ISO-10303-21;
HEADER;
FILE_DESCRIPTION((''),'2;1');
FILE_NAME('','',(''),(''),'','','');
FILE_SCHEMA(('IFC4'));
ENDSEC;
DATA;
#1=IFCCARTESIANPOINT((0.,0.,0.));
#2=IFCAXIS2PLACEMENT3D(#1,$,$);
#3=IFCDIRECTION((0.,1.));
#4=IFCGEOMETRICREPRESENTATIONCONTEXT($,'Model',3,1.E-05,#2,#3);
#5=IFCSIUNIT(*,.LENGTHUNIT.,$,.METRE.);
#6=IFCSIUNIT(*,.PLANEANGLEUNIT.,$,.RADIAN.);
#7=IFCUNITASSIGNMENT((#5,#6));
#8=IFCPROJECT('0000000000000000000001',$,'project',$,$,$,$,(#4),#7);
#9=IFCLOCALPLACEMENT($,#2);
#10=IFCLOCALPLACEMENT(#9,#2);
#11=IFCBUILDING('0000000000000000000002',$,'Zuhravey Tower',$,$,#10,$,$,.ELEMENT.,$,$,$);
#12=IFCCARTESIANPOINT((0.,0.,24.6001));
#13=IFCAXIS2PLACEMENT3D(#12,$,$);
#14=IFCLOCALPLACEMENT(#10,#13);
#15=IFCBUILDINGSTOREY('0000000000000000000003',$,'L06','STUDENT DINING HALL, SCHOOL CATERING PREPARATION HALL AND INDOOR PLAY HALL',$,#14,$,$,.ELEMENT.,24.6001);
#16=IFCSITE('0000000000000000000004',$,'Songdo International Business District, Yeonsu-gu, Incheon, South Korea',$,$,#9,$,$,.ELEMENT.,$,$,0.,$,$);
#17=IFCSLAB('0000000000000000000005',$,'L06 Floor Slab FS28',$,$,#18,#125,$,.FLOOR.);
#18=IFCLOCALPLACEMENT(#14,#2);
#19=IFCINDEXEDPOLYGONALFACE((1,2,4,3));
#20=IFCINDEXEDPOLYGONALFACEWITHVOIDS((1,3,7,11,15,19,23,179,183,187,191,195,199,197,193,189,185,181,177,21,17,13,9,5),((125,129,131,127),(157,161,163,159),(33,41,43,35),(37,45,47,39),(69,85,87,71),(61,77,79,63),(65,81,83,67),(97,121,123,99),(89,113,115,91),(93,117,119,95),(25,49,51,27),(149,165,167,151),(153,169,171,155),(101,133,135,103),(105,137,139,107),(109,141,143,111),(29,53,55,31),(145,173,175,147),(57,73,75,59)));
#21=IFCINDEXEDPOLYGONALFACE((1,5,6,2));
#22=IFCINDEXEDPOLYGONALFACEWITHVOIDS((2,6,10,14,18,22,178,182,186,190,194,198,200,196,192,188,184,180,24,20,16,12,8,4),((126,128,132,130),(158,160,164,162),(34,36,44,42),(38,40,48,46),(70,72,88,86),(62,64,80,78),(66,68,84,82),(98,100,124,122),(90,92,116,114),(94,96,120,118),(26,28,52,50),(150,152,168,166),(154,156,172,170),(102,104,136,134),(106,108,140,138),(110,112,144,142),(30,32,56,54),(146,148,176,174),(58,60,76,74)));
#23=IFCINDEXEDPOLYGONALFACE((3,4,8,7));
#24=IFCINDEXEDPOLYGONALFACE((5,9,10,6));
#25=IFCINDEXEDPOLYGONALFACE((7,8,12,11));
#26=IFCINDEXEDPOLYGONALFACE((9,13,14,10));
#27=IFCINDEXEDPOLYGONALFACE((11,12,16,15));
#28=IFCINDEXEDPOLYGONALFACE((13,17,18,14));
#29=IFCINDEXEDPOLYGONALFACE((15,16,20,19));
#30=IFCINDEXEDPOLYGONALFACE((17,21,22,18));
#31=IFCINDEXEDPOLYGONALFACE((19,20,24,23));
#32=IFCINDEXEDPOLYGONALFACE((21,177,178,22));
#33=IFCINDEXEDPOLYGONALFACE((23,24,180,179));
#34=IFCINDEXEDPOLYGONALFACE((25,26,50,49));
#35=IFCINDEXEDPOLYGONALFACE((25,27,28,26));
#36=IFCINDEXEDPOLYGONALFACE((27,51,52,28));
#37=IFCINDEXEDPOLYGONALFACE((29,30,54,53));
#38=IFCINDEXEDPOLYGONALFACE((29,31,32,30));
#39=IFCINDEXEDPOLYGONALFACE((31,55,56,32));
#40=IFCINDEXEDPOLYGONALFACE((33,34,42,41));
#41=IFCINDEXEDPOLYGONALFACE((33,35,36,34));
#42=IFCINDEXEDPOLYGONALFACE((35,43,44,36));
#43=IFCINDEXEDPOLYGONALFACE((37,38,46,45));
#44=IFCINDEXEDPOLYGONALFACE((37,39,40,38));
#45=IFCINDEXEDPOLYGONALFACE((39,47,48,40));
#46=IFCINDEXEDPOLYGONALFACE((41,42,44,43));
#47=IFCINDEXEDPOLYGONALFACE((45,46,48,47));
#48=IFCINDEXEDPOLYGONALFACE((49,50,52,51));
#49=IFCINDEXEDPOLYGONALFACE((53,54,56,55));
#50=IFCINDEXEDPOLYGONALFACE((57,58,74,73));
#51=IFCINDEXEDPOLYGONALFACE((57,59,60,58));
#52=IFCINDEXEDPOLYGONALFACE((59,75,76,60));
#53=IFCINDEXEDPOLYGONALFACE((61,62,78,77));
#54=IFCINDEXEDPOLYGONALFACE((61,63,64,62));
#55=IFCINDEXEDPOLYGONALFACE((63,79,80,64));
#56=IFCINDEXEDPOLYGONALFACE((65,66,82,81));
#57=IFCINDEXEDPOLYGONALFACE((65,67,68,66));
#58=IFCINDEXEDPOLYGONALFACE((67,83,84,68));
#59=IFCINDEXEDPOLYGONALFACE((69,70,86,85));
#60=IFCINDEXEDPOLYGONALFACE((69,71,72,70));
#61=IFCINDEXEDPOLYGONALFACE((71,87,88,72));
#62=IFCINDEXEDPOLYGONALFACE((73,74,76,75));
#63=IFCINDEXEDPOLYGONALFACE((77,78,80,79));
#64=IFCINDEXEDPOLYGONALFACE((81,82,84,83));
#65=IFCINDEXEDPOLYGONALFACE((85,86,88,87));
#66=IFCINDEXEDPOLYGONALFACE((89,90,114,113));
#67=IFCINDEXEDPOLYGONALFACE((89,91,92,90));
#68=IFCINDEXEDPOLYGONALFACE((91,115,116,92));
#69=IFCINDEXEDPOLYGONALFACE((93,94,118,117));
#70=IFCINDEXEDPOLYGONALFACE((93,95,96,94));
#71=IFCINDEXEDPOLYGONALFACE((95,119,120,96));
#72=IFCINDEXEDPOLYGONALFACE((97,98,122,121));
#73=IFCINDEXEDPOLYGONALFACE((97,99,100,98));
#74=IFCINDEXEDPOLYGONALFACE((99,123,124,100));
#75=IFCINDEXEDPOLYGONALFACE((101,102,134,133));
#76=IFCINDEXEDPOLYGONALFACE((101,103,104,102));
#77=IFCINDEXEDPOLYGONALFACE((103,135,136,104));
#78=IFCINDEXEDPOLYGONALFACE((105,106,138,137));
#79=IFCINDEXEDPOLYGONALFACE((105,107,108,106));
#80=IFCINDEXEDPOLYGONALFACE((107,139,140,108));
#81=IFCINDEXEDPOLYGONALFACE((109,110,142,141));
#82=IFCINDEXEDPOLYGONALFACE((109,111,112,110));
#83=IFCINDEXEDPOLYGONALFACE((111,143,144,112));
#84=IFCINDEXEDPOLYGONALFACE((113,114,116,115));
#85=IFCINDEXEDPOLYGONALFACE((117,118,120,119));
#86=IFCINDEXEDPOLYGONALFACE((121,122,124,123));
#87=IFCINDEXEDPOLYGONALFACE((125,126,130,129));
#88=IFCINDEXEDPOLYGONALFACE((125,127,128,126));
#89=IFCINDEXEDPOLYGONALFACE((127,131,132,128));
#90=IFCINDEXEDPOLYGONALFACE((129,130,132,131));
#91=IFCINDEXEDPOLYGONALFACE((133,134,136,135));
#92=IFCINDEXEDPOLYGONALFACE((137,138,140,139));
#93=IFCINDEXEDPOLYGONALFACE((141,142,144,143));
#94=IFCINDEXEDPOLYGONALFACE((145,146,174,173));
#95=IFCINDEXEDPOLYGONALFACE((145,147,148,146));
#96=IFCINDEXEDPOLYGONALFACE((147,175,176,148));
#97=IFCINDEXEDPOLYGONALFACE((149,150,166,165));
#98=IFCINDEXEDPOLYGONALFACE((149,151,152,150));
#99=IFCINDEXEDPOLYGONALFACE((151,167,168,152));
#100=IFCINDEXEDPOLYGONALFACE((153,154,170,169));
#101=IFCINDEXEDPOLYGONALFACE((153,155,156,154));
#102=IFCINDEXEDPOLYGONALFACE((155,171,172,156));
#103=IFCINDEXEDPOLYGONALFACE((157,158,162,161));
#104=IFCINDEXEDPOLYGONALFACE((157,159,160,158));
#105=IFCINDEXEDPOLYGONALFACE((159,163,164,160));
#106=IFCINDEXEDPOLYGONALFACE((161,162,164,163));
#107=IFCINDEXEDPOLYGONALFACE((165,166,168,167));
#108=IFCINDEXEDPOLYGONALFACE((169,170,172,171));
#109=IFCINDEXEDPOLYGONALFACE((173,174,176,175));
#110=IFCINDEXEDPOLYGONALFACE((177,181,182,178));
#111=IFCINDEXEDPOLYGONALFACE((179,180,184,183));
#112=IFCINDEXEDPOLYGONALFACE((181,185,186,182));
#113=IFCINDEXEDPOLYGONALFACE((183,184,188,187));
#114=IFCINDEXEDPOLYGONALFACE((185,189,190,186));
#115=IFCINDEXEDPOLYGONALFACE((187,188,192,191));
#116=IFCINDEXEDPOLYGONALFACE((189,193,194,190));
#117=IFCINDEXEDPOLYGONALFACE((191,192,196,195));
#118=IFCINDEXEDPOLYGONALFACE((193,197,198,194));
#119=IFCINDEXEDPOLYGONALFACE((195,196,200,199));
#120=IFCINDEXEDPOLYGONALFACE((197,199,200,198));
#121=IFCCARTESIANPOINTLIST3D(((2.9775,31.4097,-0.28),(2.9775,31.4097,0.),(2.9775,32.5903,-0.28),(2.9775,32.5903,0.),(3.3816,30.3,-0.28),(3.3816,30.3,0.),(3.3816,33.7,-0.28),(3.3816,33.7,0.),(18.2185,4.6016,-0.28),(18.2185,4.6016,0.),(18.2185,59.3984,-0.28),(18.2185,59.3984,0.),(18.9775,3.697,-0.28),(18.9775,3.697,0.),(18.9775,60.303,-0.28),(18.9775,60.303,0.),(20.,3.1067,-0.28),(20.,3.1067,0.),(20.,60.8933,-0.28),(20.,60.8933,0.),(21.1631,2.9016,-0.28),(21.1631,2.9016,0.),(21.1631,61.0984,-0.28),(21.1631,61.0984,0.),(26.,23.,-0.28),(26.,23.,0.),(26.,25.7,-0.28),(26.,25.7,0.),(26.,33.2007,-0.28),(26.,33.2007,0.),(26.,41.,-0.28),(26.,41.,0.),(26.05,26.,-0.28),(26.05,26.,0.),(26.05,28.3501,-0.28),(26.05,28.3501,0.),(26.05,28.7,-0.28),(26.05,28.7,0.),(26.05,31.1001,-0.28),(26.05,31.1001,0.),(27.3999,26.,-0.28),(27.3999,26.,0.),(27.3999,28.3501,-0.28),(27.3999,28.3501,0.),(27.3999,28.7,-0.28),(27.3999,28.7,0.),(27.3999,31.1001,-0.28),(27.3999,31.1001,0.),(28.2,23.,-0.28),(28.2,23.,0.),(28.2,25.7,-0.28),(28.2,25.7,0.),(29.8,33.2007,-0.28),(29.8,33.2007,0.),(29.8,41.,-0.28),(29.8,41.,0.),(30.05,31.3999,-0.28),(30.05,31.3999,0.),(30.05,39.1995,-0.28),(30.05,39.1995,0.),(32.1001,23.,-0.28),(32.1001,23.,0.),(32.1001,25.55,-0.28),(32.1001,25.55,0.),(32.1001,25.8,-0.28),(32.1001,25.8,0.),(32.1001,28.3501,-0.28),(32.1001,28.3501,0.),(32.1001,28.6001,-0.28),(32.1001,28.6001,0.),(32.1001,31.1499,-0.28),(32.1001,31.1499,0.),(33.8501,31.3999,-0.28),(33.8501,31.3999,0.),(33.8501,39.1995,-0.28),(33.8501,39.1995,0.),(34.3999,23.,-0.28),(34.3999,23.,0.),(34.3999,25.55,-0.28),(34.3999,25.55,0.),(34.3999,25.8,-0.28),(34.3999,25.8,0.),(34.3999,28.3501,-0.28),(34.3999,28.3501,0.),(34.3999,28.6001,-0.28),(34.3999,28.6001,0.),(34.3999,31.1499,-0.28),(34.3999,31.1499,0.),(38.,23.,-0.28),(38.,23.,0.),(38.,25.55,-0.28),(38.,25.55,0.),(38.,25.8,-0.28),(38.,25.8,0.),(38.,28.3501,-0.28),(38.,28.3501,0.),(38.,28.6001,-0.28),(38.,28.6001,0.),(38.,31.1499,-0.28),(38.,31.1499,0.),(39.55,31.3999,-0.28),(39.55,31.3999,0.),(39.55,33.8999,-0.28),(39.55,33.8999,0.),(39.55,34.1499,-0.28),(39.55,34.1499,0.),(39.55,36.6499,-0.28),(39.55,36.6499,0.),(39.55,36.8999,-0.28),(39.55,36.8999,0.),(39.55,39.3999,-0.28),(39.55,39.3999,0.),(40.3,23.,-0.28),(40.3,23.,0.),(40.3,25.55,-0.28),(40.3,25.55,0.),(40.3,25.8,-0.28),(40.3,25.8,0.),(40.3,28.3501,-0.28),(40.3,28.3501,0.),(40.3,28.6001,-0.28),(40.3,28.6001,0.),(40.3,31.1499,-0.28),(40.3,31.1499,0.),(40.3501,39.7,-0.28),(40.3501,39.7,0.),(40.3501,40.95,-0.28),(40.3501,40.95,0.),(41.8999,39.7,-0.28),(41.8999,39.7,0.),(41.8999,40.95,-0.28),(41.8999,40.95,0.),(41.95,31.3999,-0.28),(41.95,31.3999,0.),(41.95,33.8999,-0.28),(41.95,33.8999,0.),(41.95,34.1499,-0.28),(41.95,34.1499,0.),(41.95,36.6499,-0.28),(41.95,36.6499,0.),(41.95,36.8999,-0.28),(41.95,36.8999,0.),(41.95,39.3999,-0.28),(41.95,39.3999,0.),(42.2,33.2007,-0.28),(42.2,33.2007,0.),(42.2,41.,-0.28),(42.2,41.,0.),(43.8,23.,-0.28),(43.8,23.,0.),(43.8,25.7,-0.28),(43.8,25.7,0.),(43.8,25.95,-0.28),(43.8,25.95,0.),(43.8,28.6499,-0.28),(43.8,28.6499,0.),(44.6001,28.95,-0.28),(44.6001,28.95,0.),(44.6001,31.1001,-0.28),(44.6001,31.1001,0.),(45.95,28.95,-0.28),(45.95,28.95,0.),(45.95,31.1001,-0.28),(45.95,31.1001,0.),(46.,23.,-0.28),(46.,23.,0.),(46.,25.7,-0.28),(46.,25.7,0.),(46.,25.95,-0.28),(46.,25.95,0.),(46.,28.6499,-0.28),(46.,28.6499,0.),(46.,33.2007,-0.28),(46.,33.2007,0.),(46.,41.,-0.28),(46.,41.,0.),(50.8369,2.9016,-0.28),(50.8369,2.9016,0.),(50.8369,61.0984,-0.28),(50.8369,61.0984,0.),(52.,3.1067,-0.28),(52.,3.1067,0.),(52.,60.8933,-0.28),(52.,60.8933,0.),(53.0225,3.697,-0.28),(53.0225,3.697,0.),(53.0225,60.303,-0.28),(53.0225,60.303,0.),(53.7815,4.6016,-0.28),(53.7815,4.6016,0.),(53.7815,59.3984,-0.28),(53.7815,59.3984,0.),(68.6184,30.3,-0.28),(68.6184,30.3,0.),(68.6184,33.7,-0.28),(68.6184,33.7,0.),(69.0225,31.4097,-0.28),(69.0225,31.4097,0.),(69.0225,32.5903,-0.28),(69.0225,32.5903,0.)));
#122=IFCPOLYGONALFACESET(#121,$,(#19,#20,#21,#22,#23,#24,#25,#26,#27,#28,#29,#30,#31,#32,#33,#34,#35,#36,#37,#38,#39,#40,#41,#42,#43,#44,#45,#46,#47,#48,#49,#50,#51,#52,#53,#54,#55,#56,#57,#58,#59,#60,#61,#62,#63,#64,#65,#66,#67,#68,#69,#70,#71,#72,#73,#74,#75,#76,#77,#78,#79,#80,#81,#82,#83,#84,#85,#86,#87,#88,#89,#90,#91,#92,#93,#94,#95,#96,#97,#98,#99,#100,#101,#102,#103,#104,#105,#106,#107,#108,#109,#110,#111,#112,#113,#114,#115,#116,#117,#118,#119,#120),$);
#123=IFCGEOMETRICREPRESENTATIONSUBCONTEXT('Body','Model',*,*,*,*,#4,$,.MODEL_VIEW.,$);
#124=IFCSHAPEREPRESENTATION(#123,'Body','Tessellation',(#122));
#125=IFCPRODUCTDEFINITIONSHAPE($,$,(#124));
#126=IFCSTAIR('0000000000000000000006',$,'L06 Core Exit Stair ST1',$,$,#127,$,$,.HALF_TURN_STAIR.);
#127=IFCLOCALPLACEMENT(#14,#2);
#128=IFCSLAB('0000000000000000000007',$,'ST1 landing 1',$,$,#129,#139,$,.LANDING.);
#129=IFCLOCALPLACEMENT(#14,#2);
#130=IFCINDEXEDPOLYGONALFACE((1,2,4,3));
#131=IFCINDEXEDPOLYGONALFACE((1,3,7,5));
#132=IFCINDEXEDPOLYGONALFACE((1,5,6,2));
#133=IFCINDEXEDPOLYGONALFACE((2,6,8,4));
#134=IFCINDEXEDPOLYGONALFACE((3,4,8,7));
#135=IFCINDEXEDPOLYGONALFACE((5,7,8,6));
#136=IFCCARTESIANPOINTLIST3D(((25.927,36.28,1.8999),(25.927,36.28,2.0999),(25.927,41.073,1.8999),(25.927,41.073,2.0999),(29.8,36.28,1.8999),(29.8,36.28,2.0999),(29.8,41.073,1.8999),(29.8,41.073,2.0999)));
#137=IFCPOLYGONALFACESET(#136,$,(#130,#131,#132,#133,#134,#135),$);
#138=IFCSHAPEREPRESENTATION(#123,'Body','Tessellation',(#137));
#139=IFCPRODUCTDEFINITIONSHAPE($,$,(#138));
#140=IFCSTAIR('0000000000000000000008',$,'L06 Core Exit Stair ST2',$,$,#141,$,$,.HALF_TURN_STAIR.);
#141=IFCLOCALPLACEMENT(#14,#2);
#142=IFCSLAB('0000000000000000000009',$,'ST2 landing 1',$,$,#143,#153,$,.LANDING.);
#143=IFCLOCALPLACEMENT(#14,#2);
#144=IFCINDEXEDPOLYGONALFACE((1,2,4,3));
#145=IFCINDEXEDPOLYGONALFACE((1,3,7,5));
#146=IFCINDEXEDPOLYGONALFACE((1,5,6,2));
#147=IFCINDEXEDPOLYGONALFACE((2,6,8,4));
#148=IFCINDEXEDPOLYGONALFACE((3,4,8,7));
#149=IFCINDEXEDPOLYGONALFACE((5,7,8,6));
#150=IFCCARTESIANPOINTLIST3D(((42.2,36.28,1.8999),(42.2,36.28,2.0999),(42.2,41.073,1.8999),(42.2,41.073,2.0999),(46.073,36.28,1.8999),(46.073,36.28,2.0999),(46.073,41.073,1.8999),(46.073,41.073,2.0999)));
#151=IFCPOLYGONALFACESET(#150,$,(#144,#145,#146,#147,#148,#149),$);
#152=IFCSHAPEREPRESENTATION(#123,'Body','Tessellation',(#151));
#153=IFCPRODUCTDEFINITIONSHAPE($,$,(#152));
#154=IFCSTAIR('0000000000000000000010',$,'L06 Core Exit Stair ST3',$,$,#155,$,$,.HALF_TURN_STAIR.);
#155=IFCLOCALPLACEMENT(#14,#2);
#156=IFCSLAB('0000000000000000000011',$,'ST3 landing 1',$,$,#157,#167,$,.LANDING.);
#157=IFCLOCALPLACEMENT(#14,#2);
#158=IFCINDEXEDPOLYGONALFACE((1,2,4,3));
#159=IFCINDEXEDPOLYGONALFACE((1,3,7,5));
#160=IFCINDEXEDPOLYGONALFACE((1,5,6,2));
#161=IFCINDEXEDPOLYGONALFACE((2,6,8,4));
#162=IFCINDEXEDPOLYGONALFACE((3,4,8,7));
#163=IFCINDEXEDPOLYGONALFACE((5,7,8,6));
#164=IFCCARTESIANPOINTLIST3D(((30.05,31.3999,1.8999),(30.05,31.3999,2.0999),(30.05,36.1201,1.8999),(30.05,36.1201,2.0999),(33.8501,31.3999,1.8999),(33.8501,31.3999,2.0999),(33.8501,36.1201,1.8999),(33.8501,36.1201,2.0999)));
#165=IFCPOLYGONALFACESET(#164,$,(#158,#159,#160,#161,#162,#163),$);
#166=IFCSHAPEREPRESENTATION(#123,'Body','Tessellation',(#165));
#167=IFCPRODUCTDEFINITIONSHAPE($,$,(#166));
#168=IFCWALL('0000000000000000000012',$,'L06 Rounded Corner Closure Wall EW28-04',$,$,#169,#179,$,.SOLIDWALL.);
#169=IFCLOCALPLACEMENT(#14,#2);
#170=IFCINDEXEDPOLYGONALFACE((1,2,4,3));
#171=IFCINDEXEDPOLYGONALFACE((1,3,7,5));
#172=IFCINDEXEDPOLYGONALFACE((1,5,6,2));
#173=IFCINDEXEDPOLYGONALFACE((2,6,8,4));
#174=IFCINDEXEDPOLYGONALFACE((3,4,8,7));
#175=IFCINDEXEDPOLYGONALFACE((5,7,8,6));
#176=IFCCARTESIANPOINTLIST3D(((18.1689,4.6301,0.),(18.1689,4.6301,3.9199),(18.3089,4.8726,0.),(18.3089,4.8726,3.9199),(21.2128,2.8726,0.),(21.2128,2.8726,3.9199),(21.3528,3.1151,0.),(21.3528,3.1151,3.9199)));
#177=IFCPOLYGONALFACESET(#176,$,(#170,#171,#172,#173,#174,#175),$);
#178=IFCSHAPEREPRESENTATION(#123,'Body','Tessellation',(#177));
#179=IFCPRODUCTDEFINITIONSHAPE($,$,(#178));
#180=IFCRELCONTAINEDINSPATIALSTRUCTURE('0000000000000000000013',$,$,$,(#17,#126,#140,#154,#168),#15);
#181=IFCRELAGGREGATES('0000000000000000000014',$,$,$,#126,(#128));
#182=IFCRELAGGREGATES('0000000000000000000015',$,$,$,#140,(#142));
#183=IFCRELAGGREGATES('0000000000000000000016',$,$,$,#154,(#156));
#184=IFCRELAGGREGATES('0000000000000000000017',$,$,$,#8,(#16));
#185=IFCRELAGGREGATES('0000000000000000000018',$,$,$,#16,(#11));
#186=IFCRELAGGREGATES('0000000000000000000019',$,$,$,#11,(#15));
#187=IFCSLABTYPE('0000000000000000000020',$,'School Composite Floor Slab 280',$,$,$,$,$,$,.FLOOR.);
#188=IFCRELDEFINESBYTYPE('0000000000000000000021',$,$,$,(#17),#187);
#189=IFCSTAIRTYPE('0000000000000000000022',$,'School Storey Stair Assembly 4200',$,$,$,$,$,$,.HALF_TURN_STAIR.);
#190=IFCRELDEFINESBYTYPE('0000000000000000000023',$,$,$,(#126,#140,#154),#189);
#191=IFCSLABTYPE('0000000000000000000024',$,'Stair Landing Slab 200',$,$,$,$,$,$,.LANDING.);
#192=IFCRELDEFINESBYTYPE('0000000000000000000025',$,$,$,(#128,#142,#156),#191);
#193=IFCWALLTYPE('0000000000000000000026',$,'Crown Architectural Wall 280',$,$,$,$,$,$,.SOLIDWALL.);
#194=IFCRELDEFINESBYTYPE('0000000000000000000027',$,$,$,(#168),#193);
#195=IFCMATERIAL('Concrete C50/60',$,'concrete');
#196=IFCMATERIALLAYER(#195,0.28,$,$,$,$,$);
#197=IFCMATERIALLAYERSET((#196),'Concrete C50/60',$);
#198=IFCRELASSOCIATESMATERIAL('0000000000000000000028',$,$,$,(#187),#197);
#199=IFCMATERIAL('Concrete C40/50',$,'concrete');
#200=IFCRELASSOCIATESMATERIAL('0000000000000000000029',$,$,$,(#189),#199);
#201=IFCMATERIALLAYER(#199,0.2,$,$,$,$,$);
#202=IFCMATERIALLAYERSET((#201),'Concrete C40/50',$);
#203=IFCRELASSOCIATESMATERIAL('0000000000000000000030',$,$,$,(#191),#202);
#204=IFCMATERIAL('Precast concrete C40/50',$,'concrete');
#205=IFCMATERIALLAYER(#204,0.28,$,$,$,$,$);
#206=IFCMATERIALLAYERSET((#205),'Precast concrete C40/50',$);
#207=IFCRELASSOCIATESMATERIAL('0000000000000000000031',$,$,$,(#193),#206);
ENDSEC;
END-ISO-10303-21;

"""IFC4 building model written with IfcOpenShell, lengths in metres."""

from ifc_helpers import new_model, si_unit, direction, frame, frame_2d, origin, place, context, subcontext, project, spatial, polyline, rectangle, outline, extrude, material, layer, layer_set, type_object, element, aggregate, save


model = new_model("IFC4")

# Units and contexts
model_context = context("Model", 3, precision=1e-05, world=origin(), true_north=direction((0.0, 1.0)))
body_context = subcontext(model_context, "Body", "Model", "MODEL_VIEW")
ifc_project = project(units=[si_unit("LENGTHUNIT", "METRE"), si_unit("PLANEANGLEUNIT", "RADIAN")], contexts=[model_context])

# Site, building, storey
site_placement = place(None, origin())
site = spatial("IfcSite", under=ifc_project, at=site_placement, Name="Songdo International Business District, Yeonsu-gu, Incheon, South Korea", CompositionType="ELEMENT", RefElevation=0.0)
building_placement = place(site_placement, origin())
building = spatial("IfcBuilding", under=site, at=building_placement, Name="Zuhravey Tower", CompositionType="ELEMENT")
storey_placement = place(building_placement, frame((0.0, 0.0, 24.6001)))
storey = spatial("IfcBuildingStorey", under=building, at=storey_placement, Name="L06", Description="STUDENT DINING HALL, SCHOOL CATERING PREPARATION HALL AND INDOOR PLAY HALL", CompositionType="ELEMENT", Elevation=24.6001)

# Slab
ifc_material_1 = material(Name="Concrete C50/60", Category="concrete")
ifc_layer_1 = layer(ifc_material_1, 0.28)
ifc_layer_set_1 = layer_set([ifc_layer_1], Name="Concrete C50/60")
slab_type_1 = type_object("IfcSlabType", Name="School Composite Floor Slab 280", PredefinedType="FLOOR", material=ifc_layer_set_1)
slab_1_placement = place(storey_placement, frame((0.0, 0.0, -0.28)))
element("IfcSlab", 1, at=slab_1_placement, inside=storey, type_object=slab_type_1, Name="L06 Floor Slab FS28", PredefinedType="FLOOR", context=body_context, shape_type="SweptSolid", body=[
    extrude(outline(polyline([(68.6184, 30.3), (69.0225, 31.4097), (69.0225, 32.5903), (68.6184, 33.7), (53.7815, 59.3984), (53.0225, 60.303), (52.0, 60.8933), (50.8369, 61.0984), (21.1631, 61.0984), (20.0, 60.8933), (18.9775, 60.303), (18.2185, 59.3984), (3.3816, 33.7), (2.9775, 32.5903), (2.9775, 31.4097), (3.3816, 30.3), (18.2185, 4.6016), (18.9775, 3.697), (20.0, 3.1067), (21.1631, 2.9016), (50.8369, 2.9016), (52.0, 3.1067), (53.0225, 3.697), (53.7815, 4.6016), (68.6184, 30.3)]), holes=[polyline([(29.8, 33.2007), (29.8, 41.0), (26.0, 41.0), (26.0, 33.2007), (29.8, 33.2007)]), polyline([(46.0, 33.2007), (46.0, 41.0), (42.2, 41.0), (42.2, 33.2007), (46.0, 33.2007)]), polyline([(30.05, 39.1995), (30.05, 31.3999), (33.8501, 31.3999), (33.8501, 39.1995), (30.05, 39.1995)]), polyline([(32.1001, 23.0), (34.3999, 23.0), (34.3999, 25.55), (32.1001, 25.55), (32.1001, 23.0)]), polyline([(32.1001, 25.8), (34.3999, 25.8), (34.3999, 28.3501), (32.1001, 28.3501), (32.1001, 25.8)]), polyline([(32.1001, 28.6001), (34.3999, 28.6001), (34.3999, 31.1499), (32.1001, 31.1499), (32.1001, 28.6001)]), polyline([(38.0, 23.0), (40.3, 23.0), (40.3, 25.55), (38.0, 25.55), (38.0, 23.0)]), polyline([(38.0, 25.8), (40.3, 25.8), (40.3, 28.3501), (38.0, 28.3501), (38.0, 25.8)]), polyline([(38.0, 28.6001), (40.3, 28.6001), (40.3, 31.1499), (38.0, 31.1499), (38.0, 28.6001)]), polyline([(39.55, 31.3999), (41.95, 31.3999), (41.95, 33.8999), (39.55, 33.8999), (39.55, 31.3999)]), polyline([(39.55, 34.1499), (41.95, 34.1499), (41.95, 36.6499), (39.55, 36.6499), (39.55, 34.1499)]), polyline([(39.55, 36.8999), (41.95, 36.8999), (41.95, 39.3999), (39.55, 39.3999), (39.55, 36.8999)]), polyline([(26.0, 23.0), (28.2, 23.0), (28.2, 25.7), (26.0, 25.7), (26.0, 23.0)]), polyline([(43.8, 23.0), (46.0, 23.0), (46.0, 25.7), (43.8, 25.7), (43.8, 23.0)]), polyline([(43.8, 25.95), (46.0, 25.95), (46.0, 28.6499), (43.8, 28.6499), (43.8, 25.95)]), polyline([(26.05, 26.0), (27.3999, 26.0), (27.3999, 28.3501), (26.05, 28.3501), (26.05, 26.0)]), polyline([(26.05, 28.7), (27.3999, 28.7), (27.3999, 31.1001), (26.05, 31.1001), (26.05, 28.7)]), polyline([(44.6001, 28.95), (45.95, 28.95), (45.95, 31.1001), (44.6001, 31.1001), (44.6001, 28.95)]), polyline([(40.3501, 39.7), (41.8999, 39.7), (41.8999, 40.95), (40.3501, 40.95), (40.3501, 39.7)])]), origin(), (0.0, 0.0, 1.0), 0.28),
])

# Stairs, slabs
ifc_material_2 = material(Name="Concrete C40/50", Category="concrete")
stair_type = type_object("IfcStairType", Name="School Storey Stair Assembly 4200", PredefinedType="HALF_TURN_STAIR", material=ifc_material_2)
stair_1_placement = place(storey_placement, origin())
stair_1 = element("IfcStair", 2, at=stair_1_placement, inside=storey, type_object=stair_type, Name="L06 Core Exit Stair ST1", PredefinedType="HALF_TURN_STAIR")
ifc_layer_2 = layer(ifc_material_2, 0.2)
ifc_layer_set_2 = layer_set([ifc_layer_2], Name="Concrete C40/50")
slab_type_2 = type_object("IfcSlabType", Name="Stair Landing Slab 200", PredefinedType="LANDING", material=ifc_layer_set_2)
slab_2_placement = place(storey_placement, frame((0.0, 0.0, 1.8999)))
slab_2 = element("IfcSlab", 3, at=slab_2_placement, type_object=slab_type_2, Name="ST1 landing 1", PredefinedType="LANDING", context=body_context, shape_type="SweptSolid", body=[
    extrude(outline(polyline([(29.8, 36.28), (29.8, 41.073), (25.927, 41.073), (25.927, 36.28), (29.8, 36.28)])), origin(), (0.0, 0.0, 1.0), 0.2),
])
aggregate(stair_1, [slab_2])
stair_2_placement = place(storey_placement, origin())
stair_2 = element("IfcStair", 4, at=stair_2_placement, inside=storey, type_object=stair_type, Name="L06 Core Exit Stair ST2", PredefinedType="HALF_TURN_STAIR")
slab_3_placement = place(storey_placement, frame((0.0, 0.0, 1.8999)))
slab_3 = element("IfcSlab", 5, at=slab_3_placement, type_object=slab_type_2, Name="ST2 landing 1", PredefinedType="LANDING", context=body_context, shape_type="SweptSolid", body=[
    extrude(outline(polyline([(46.073, 36.28), (46.073, 41.073), (42.2, 41.073), (42.2, 36.28), (46.073, 36.28)])), origin(), (0.0, 0.0, 1.0), 0.2),
])
aggregate(stair_2, [slab_3])
stair_3_placement = place(storey_placement, origin())
stair_3 = element("IfcStair", 6, at=stair_3_placement, inside=storey, type_object=stair_type, Name="L06 Core Exit Stair ST3", PredefinedType="HALF_TURN_STAIR")
slab_4_placement = place(storey_placement, frame((0.0, 0.0, 1.8999)))
slab_4 = element("IfcSlab", 7, at=slab_4_placement, type_object=slab_type_2, Name="ST3 landing 1", PredefinedType="LANDING", context=body_context, shape_type="SweptSolid", body=[
    extrude(outline(polyline([(30.05, 36.1201), (30.05, 31.3999), (33.8501, 31.3999), (33.8501, 36.1201), (30.05, 36.1201)])), origin(), (0.0, 0.0, 1.0), 0.2),
])
aggregate(stair_3, [slab_4])

# Wall
ifc_material_3 = material(Name="Precast concrete C40/50", Category="concrete")
ifc_layer_3 = layer(ifc_material_3, 0.28)
ifc_layer_set_3 = layer_set([ifc_layer_3], Name="Precast concrete C40/50")
wall_type = type_object("IfcWallType", Name="Crown Architectural Wall 280", PredefinedType="SOLIDWALL", material=ifc_layer_set_3)
wall_1_placement = place(storey_placement, frame((21.2827, 2.9939, 0.0), z_axis=(0.0, 0.0, 1.0), x_axis=(-0.866007, 0.500031, 0.0)))
element("IfcWall", 8, at=wall_1_placement, inside=storey, type_object=wall_type, Name="L06 Rounded Corner Closure Wall EW28-04", PredefinedType="SOLIDWALL", context=body_context, shape_type="SweptSolid", body=[
    extrude(rectangle(XDim=3.5149, YDim=0.28, at=frame_2d((1.7573, 0.0))), origin(), (0.0, 0.0, 1.0), 3.9199),
])

save(model, "model.ifc")
